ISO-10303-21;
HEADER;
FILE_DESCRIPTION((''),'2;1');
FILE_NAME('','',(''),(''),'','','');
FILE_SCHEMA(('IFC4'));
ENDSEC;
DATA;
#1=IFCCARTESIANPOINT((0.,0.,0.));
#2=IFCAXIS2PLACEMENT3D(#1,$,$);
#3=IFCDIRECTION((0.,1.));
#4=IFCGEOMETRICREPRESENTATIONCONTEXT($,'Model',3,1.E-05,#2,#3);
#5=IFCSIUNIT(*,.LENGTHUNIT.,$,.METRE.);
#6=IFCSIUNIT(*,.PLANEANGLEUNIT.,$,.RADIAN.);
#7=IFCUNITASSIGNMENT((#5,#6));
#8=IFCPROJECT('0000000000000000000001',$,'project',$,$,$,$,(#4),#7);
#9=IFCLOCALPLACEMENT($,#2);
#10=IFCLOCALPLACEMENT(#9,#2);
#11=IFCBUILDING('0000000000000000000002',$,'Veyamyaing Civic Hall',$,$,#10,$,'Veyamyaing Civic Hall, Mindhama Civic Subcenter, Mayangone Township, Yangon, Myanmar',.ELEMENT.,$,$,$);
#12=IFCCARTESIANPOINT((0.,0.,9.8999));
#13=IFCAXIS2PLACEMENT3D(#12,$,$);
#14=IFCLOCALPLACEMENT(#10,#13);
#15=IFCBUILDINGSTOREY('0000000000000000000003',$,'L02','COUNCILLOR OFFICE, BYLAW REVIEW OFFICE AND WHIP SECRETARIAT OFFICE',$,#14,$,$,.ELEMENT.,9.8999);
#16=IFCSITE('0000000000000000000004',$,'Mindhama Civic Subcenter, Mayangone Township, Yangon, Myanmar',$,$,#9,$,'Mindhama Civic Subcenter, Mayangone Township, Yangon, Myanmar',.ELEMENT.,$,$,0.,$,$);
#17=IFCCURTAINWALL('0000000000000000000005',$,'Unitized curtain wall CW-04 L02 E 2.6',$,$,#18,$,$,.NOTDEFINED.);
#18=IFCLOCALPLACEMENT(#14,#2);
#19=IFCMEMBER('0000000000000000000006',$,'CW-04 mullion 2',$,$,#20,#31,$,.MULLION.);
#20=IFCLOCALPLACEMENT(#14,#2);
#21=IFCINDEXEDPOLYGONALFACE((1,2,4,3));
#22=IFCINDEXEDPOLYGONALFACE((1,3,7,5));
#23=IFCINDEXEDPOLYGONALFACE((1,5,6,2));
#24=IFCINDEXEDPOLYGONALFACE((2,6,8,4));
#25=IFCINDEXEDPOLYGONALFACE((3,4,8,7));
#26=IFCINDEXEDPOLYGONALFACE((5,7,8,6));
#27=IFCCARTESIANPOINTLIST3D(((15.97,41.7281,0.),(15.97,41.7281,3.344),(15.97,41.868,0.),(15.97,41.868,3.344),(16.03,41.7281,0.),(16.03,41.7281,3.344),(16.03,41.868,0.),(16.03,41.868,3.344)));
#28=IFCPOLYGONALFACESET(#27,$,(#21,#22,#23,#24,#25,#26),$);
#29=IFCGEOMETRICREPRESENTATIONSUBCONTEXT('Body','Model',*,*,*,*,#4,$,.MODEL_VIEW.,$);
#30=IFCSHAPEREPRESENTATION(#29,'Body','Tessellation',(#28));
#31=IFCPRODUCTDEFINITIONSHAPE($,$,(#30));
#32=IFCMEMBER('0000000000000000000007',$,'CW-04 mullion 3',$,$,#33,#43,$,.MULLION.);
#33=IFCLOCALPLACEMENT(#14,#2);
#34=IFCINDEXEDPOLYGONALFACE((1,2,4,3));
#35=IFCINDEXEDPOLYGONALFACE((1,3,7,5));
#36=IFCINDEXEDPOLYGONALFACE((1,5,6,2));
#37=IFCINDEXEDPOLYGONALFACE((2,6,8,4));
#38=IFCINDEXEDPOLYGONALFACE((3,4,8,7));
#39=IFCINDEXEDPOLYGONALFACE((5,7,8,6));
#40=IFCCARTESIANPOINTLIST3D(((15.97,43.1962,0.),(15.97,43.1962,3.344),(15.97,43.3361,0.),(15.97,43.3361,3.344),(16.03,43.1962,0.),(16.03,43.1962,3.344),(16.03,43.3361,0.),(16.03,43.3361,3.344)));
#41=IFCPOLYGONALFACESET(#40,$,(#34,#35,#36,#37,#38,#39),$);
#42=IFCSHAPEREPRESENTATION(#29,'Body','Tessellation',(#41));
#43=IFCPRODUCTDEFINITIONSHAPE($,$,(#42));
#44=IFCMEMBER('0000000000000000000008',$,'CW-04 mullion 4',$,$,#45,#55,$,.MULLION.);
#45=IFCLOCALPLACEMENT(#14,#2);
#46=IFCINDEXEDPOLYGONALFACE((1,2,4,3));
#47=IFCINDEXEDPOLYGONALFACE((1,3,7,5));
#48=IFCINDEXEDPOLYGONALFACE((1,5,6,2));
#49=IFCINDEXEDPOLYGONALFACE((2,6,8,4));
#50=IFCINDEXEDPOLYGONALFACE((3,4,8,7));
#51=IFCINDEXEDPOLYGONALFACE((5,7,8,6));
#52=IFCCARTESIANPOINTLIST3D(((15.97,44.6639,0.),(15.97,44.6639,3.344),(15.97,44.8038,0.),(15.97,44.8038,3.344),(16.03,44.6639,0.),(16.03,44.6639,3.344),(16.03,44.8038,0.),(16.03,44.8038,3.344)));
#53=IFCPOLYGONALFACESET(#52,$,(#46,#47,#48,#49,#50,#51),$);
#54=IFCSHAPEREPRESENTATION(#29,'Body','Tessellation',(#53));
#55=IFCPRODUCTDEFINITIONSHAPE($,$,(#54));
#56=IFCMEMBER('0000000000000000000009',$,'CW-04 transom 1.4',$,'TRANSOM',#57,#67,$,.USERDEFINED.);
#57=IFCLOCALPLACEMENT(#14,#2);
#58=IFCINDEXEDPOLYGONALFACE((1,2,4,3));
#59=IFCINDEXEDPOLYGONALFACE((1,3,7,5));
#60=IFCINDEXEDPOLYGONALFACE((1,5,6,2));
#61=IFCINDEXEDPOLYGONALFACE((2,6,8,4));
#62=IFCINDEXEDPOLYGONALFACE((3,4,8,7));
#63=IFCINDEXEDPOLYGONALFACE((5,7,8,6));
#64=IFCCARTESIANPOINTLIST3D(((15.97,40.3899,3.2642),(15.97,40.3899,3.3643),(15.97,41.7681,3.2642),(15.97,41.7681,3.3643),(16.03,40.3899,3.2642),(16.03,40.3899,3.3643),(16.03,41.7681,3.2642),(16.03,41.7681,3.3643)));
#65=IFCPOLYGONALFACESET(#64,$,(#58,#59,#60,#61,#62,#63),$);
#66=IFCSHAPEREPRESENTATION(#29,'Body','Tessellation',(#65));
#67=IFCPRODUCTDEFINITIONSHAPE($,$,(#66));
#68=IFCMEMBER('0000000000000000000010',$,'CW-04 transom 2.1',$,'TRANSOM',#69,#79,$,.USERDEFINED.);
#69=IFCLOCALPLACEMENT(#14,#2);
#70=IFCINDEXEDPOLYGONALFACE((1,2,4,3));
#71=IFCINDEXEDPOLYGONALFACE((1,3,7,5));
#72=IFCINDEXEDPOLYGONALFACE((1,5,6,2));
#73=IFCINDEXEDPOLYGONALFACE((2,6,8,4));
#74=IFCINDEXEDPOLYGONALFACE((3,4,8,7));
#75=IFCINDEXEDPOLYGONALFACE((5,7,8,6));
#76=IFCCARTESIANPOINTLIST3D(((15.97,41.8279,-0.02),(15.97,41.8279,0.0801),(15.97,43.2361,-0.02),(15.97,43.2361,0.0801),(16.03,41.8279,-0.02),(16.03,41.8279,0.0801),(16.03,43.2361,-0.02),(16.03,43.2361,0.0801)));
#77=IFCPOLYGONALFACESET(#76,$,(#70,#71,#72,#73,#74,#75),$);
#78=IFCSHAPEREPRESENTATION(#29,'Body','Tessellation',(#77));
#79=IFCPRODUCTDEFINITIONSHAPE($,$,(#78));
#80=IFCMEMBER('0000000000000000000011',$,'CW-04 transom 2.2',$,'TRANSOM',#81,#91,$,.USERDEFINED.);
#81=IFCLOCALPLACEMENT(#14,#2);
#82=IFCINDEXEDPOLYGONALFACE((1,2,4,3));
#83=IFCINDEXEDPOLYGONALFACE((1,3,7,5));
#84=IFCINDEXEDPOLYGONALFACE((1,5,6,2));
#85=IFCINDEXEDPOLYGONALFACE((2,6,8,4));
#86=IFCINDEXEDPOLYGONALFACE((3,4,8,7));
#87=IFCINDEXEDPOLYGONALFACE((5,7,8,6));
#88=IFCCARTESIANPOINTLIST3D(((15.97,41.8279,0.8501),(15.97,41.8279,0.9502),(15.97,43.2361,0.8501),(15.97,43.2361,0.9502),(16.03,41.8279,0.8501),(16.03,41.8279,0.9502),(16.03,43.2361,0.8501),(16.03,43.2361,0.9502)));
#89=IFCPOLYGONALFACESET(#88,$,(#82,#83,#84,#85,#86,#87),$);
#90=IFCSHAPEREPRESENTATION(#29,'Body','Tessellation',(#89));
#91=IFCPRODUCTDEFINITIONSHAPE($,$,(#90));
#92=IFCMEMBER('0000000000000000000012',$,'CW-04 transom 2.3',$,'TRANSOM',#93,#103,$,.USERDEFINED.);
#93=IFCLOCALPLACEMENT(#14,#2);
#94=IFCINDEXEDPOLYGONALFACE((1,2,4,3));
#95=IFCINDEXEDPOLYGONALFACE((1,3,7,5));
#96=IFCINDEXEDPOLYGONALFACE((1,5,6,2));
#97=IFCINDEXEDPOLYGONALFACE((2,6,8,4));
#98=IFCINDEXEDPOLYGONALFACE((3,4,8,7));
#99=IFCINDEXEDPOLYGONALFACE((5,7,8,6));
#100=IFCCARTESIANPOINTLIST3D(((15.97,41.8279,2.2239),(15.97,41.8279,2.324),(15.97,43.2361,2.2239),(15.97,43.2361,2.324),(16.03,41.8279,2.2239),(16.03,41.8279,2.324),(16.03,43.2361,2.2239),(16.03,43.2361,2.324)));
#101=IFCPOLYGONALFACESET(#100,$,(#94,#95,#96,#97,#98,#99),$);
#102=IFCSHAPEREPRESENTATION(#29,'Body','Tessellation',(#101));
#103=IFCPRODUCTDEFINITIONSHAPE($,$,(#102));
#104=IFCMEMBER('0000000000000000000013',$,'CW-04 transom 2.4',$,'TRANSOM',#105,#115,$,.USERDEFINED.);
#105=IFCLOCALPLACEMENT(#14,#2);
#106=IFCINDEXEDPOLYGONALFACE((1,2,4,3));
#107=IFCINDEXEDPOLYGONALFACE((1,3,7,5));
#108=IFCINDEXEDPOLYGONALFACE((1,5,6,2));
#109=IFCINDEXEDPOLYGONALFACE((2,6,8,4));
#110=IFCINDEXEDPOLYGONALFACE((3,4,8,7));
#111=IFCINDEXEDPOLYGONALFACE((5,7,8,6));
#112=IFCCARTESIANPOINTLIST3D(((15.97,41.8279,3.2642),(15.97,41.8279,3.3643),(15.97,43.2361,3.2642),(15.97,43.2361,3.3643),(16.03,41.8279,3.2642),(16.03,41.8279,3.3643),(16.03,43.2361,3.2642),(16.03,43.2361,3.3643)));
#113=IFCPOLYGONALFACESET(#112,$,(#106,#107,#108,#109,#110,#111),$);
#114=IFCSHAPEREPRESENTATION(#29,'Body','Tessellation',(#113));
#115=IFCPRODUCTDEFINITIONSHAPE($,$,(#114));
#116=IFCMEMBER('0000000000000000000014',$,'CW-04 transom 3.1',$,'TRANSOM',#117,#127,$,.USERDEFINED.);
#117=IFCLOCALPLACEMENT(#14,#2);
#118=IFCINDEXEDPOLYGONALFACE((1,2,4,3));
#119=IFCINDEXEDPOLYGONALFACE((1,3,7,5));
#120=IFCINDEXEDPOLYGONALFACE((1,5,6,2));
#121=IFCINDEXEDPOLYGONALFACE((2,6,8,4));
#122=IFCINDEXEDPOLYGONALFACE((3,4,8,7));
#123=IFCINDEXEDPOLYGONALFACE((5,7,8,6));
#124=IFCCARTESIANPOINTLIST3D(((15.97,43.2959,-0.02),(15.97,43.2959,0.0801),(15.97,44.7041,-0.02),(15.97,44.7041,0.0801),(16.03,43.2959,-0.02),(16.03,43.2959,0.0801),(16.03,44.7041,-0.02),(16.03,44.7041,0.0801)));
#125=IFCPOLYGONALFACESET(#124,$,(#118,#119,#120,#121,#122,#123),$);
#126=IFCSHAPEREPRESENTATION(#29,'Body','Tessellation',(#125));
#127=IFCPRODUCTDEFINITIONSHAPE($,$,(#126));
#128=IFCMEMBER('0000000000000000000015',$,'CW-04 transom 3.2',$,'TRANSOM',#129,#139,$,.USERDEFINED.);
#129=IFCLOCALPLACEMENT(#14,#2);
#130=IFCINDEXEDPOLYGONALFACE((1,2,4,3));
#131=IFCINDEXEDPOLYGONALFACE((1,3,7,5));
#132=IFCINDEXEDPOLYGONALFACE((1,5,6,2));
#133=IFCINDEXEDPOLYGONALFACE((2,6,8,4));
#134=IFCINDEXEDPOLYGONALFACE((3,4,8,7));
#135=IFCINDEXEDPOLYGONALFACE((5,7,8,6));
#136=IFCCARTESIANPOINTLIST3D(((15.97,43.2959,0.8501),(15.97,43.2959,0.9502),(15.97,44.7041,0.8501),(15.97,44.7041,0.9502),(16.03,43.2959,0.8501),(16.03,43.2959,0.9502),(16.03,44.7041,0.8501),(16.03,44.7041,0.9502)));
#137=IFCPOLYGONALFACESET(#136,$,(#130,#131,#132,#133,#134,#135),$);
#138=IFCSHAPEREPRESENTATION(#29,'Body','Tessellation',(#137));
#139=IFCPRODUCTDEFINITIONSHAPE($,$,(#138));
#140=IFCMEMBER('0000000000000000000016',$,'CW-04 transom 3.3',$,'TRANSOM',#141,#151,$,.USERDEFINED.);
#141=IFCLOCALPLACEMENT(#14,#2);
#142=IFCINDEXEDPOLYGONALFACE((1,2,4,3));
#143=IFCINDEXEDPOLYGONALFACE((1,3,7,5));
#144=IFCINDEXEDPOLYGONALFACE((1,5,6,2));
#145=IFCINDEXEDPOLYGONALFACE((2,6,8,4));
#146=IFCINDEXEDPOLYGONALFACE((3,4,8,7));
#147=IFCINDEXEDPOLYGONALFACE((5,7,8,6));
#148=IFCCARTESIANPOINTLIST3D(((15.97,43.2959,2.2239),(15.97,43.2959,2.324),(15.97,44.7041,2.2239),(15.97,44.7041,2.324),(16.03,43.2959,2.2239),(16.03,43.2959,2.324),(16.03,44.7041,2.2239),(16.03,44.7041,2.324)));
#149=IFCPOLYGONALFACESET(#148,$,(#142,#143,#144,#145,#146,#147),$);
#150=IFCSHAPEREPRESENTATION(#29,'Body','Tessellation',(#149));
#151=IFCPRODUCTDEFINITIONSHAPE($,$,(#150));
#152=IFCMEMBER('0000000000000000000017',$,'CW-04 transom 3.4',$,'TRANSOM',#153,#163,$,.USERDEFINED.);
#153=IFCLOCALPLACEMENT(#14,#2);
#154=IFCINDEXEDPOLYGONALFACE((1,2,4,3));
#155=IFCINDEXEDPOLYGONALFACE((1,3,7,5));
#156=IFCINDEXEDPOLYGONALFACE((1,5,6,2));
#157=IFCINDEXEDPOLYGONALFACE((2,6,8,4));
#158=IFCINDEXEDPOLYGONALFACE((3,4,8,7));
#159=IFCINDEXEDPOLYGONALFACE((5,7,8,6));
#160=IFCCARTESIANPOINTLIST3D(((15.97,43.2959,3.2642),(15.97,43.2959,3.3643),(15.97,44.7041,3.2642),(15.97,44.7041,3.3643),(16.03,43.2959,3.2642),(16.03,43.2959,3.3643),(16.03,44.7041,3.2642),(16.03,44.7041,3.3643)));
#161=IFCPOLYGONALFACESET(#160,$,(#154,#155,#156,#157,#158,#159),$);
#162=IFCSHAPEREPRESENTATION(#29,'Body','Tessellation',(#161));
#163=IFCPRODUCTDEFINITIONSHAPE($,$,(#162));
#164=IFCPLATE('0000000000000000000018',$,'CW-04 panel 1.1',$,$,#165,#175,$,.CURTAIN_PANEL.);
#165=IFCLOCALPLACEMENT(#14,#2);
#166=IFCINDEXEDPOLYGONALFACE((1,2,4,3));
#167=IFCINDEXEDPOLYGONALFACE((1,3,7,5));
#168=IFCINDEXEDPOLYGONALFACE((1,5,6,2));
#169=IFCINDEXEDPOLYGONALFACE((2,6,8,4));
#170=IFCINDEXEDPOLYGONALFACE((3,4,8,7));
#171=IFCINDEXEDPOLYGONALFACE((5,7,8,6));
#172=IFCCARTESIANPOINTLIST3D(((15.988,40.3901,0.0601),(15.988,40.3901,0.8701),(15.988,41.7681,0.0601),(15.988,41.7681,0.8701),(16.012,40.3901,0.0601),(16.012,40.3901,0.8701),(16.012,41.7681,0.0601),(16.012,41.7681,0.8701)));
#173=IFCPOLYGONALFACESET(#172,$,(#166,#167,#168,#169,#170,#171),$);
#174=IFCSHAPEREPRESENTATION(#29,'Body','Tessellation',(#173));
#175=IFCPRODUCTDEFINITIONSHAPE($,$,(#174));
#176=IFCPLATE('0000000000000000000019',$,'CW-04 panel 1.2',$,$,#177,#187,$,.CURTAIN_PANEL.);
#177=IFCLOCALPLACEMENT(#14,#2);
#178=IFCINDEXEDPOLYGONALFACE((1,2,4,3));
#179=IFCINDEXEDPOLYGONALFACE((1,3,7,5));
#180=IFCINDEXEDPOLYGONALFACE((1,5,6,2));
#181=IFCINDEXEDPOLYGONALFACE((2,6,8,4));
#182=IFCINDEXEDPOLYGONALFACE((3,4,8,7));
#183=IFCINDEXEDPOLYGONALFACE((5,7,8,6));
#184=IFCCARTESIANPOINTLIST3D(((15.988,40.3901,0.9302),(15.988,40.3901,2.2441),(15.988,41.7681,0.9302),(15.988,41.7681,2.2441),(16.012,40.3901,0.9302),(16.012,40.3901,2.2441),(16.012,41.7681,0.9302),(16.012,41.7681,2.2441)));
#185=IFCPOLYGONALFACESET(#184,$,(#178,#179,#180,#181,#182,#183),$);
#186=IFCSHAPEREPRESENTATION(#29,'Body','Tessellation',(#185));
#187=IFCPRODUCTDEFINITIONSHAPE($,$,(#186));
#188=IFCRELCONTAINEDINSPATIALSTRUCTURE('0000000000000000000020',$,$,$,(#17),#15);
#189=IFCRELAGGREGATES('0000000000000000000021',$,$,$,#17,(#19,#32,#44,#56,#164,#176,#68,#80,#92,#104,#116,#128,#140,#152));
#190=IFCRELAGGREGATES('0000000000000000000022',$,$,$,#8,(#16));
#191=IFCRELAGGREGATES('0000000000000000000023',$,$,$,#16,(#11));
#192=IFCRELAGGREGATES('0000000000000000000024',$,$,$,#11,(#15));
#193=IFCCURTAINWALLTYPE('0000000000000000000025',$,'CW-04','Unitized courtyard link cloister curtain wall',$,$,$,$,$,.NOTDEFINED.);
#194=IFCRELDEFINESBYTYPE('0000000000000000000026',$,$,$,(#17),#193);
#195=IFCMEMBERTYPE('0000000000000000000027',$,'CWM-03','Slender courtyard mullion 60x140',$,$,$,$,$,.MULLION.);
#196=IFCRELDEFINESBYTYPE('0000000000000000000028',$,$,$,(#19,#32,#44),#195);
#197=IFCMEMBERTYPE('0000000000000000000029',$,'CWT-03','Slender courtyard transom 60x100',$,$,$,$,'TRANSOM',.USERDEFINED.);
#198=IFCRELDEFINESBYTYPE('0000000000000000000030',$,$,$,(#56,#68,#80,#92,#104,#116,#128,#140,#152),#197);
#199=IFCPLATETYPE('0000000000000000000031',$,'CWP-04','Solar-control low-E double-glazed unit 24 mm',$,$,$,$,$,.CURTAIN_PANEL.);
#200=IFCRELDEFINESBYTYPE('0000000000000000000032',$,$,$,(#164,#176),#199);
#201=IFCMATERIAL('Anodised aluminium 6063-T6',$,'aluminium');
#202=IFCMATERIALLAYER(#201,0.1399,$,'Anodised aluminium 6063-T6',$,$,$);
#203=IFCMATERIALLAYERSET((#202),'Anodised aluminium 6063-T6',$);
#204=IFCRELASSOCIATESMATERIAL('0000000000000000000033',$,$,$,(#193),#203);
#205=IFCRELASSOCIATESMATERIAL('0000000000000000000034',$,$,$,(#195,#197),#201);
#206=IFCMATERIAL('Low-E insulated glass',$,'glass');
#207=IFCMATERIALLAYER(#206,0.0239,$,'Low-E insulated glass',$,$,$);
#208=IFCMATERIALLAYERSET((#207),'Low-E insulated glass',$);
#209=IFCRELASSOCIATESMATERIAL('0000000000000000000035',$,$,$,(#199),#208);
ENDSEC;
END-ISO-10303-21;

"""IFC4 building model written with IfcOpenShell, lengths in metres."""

from ifc_helpers import new_model, si_unit, direction, frame, origin, origin_2d, place, context, subcontext, project, spatial, rectangle, extrude, material, layer, layer_set, material_profile, profile_set, type_object, element, aggregate, save


model = new_model("IFC4")

# Units and contexts
model_context = context("Model", 3, precision=1e-05, world=origin(), true_north=direction((0.0, 1.0)))
body_context = subcontext(model_context, "Body", "Model", "MODEL_VIEW")
ifc_project = project(units=[si_unit("LENGTHUNIT", "METRE"), si_unit("PLANEANGLEUNIT", "RADIAN")], contexts=[model_context])

# Site, building, storey
site_placement = place(None, origin())
site = spatial("IfcSite", under=ifc_project, at=site_placement, Name="Mindhama Civic Subcenter, Mayangone Township, Yangon, Myanmar", LongName="Mindhama Civic Subcenter, Mayangone Township, Yangon, Myanmar", CompositionType="ELEMENT", RefElevation=0.0)
building_placement = place(site_placement, origin())
building = spatial("IfcBuilding", under=site, at=building_placement, Name="Veyamyaing Civic Hall", LongName="Veyamyaing Civic Hall, Mindhama Civic Subcenter, Mayangone Township, Yangon, Myanmar", CompositionType="ELEMENT")
storey_placement = place(building_placement, frame((0.0, 0.0, 9.8999)))
storey = spatial("IfcBuildingStorey", under=building, at=storey_placement, Name="L02", Description="COUNCILLOR OFFICE, BYLAW REVIEW OFFICE AND WHIP SECRETARIAT OFFICE", CompositionType="ELEMENT", Elevation=9.8999)

# Curtain wall, members, plates
ifc_material_1 = material(Name="Anodised aluminium 6063-T6", Category="aluminium")
ifc_layer_1 = layer(ifc_material_1, 0.1399, Name="Anodised aluminium 6063-T6")
ifc_layer_set_1 = layer_set([ifc_layer_1], Name="Anodised aluminium 6063-T6")
curtain_wall_type = type_object("IfcCurtainWallType", Name="CW-04", Description="Unitized courtyard link cloister curtain wall", PredefinedType="NOTDEFINED", material=ifc_layer_set_1)
curtain_wall_placement = place(storey_placement, origin())
curtain_wall = element("IfcCurtainWall", 1, at=curtain_wall_placement, inside=storey, type_object=curtain_wall_type, Name="Unitized curtain wall CW-04 L02 E 2.6", PredefinedType="NOTDEFINED")
ifc_material_profile_1 = material_profile(ifc_material_1, rectangle(XDim=0.0601, YDim=0.1399, at=origin_2d()), Name="ALU-MUL-60X140")
ifc_profile_set_1 = profile_set([ifc_material_profile_1], Name="Anodised aluminium 6063-T6")
member_type_1 = type_object("IfcMemberType", Name="CWM-03", Description="Slender courtyard mullion 60x140", PredefinedType="MULLION", material=ifc_profile_set_1)
member_1_placement = place(storey_placement, frame((16.0, 41.7981, 0.0), z_axis=(0.0, 0.0, 1.0), x_axis=(-1.0, 0.0, 0.0)))
member_1 = element("IfcMember", 2, at=member_1_placement, type_object=member_type_1, Name="CW-04 mullion 2", PredefinedType="MULLION", context=body_context, shape_type="SweptSolid", body=[
    extrude(rectangle(XDim=0.0601, YDim=0.1399, at=origin_2d()), origin(), (0.0, 0.0, 1.0), 3.344),
])
member_2_placement = place(storey_placement, frame((16.0, 43.2661, 0.0), z_axis=(0.0, 0.0, 1.0), x_axis=(-1.0, 0.0, 0.0)))
member_2 = element("IfcMember", 3, at=member_2_placement, type_object=member_type_1, Name="CW-04 mullion 3", PredefinedType="MULLION", context=body_context, shape_type="SweptSolid", body=[
    extrude(rectangle(XDim=0.0601, YDim=0.1399, at=origin_2d()), origin(), (0.0, 0.0, 1.0), 3.344),
])
member_3_placement = place(storey_placement, frame((16.0, 44.7339, 0.0), z_axis=(0.0, 0.0, 1.0), x_axis=(-1.0, 0.0, 0.0)))
member_3 = element("IfcMember", 4, at=member_3_placement, type_object=member_type_1, Name="CW-04 mullion 4", PredefinedType="MULLION", context=body_context, shape_type="SweptSolid", body=[
    extrude(rectangle(XDim=0.0601, YDim=0.1399, at=origin_2d()), origin(), (0.0, 0.0, 1.0), 3.344),
])
ifc_material_profile_2 = material_profile(ifc_material_1, rectangle(XDim=0.0601, YDim=0.1001, at=origin_2d()), Name="ALU-TRN-60X100")
ifc_profile_set_2 = profile_set([ifc_material_profile_2], Name="Anodised aluminium 6063-T6")
member_type_2 = type_object("IfcMemberType", Name="CWT-03", Description="Slender courtyard transom 60x100", ElementType="TRANSOM", PredefinedType="USERDEFINED", material=ifc_profile_set_2)
member_4_placement = place(storey_placement, frame((16.0, 40.3899, 3.3142), z_axis=(0.0, 1.0, 0.0), x_axis=(-1.0, 0.0, 0.0)))
member_4 = element("IfcMember", 5, at=member_4_placement, type_object=member_type_2, Name="CW-04 transom 1.4", ObjectType="TRANSOM", PredefinedType="USERDEFINED", context=body_context, shape_type="SweptSolid", body=[
    extrude(rectangle(XDim=0.0601, YDim=0.1001, at=origin_2d()), origin(), (0.0, 0.0, 1.0), 1.3782),
])
member_5_placement = place(storey_placement, frame((16.0, 41.8279, 0.03), z_axis=(0.0, 1.0, 0.0), x_axis=(-1.0, 0.0, 0.0)))
member_5 = element("IfcMember", 6, at=member_5_placement, type_object=member_type_2, Name="CW-04 transom 2.1", ObjectType="TRANSOM", PredefinedType="USERDEFINED", context=body_context, shape_type="SweptSolid", body=[
    extrude(rectangle(XDim=0.0601, YDim=0.1001, at=origin_2d()), origin(), (0.0, 0.0, 1.0), 1.4082),
])
member_6_placement = place(storey_placement, frame((16.0, 41.8279, 0.9001), z_axis=(0.0, 1.0, 0.0), x_axis=(-1.0, 0.0, 0.0)))
member_6 = element("IfcMember", 7, at=member_6_placement, type_object=member_type_2, Name="CW-04 transom 2.2", ObjectType="TRANSOM", PredefinedType="USERDEFINED", context=body_context, shape_type="SweptSolid", body=[
    extrude(rectangle(XDim=0.0601, YDim=0.1001, at=origin_2d()), origin(), (0.0, 0.0, 1.0), 1.4082),
])
member_7_placement = place(storey_placement, frame((16.0, 41.8279, 2.2739), z_axis=(0.0, 1.0, 0.0), x_axis=(-1.0, 0.0, 0.0)))
member_7 = element("IfcMember", 8, at=member_7_placement, type_object=member_type_2, Name="CW-04 transom 2.3", ObjectType="TRANSOM", PredefinedType="USERDEFINED", context=body_context, shape_type="SweptSolid", body=[
    extrude(rectangle(XDim=0.0601, YDim=0.1001, at=origin_2d()), origin(), (0.0, 0.0, 1.0), 1.4082),
])
member_8_placement = place(storey_placement, frame((16.0, 41.8279, 3.3142), z_axis=(0.0, 1.0, 0.0), x_axis=(-1.0, 0.0, 0.0)))
member_8 = element("IfcMember", 9, at=member_8_placement, type_object=member_type_2, Name="CW-04 transom 2.4", ObjectType="TRANSOM", PredefinedType="USERDEFINED", context=body_context, shape_type="SweptSolid", body=[
    extrude(rectangle(XDim=0.0601, YDim=0.1001, at=origin_2d()), origin(), (0.0, 0.0, 1.0), 1.4082),
])
member_9_placement = place(storey_placement, frame((16.0, 43.2959, 0.03), z_axis=(0.0, 1.0, 0.0), x_axis=(-1.0, 0.0, 0.0)))
member_9 = element("IfcMember", 10, at=member_9_placement, type_object=member_type_2, Name="CW-04 transom 3.1", ObjectType="TRANSOM", PredefinedType="USERDEFINED", context=body_context, shape_type="SweptSolid", body=[
    extrude(rectangle(XDim=0.0601, YDim=0.1001, at=origin_2d()), origin(), (0.0, 0.0, 1.0), 1.4082),
])
member_10_placement = place(storey_placement, frame((16.0, 43.2959, 0.9001), z_axis=(0.0, 1.0, 0.0), x_axis=(-1.0, 0.0, 0.0)))
member_10 = element("IfcMember", 11, at=member_10_placement, type_object=member_type_2, Name="CW-04 transom 3.2", ObjectType="TRANSOM", PredefinedType="USERDEFINED", context=body_context, shape_type="SweptSolid", body=[
    extrude(rectangle(XDim=0.0601, YDim=0.1001, at=origin_2d()), origin(), (0.0, 0.0, 1.0), 1.4082),
])
member_11_placement = place(storey_placement, frame((16.0, 43.2959, 2.2739), z_axis=(0.0, 1.0, 0.0), x_axis=(-1.0, 0.0, 0.0)))
member_11 = element("IfcMember", 12, at=member_11_placement, type_object=member_type_2, Name="CW-04 transom 3.3", ObjectType="TRANSOM", PredefinedType="USERDEFINED", context=body_context, shape_type="SweptSolid", body=[
    extrude(rectangle(XDim=0.0601, YDim=0.1001, at=origin_2d()), origin(), (0.0, 0.0, 1.0), 1.4082),
])
member_12_placement = place(storey_placement, frame((16.0, 43.2959, 3.3142), z_axis=(0.0, 1.0, 0.0), x_axis=(-1.0, 0.0, 0.0)))
member_12 = element("IfcMember", 13, at=member_12_placement, type_object=member_type_2, Name="CW-04 transom 3.4", ObjectType="TRANSOM", PredefinedType="USERDEFINED", context=body_context, shape_type="SweptSolid", body=[
    extrude(rectangle(XDim=0.0601, YDim=0.1001, at=origin_2d()), origin(), (0.0, 0.0, 1.0), 1.4082),
])
ifc_material_2 = material(Name="Low-E insulated glass", Category="glass")
ifc_layer_2 = layer(ifc_material_2, 0.0239, Name="Low-E insulated glass")
ifc_layer_set_2 = layer_set([ifc_layer_2], Name="Low-E insulated glass")
plate_type = type_object("IfcPlateType", Name="CWP-04", Description="Solar-control low-E double-glazed unit 24 mm", PredefinedType="CURTAIN_PANEL", material=ifc_layer_set_2)
plate_1_placement = place(storey_placement, frame((16.0, 41.0791, 0.0601), z_axis=(0.0, 0.0, 1.0), x_axis=(0.0, 1.0, 0.0)))
plate_1 = element("IfcPlate", 14, at=plate_1_placement, type_object=plate_type, Name="CW-04 panel 1.1", PredefinedType="CURTAIN_PANEL", context=body_context, shape_type="SweptSolid", body=[
    extrude(rectangle(XDim=1.3779, YDim=0.0239, at=origin_2d()), origin(), (0.0, 0.0, 1.0), 0.8101),
])
plate_2_placement = place(storey_placement, frame((16.0, 41.0791, 0.9302), z_axis=(0.0, 0.0, 1.0), x_axis=(0.0, 1.0, 0.0)))
plate_2 = element("IfcPlate", 15, at=plate_2_placement, type_object=plate_type, Name="CW-04 panel 1.2", PredefinedType="CURTAIN_PANEL", context=body_context, shape_type="SweptSolid", body=[
    extrude(rectangle(XDim=1.3779, YDim=0.0239, at=origin_2d()), origin(), (0.0, 0.0, 1.0), 1.314),
])
aggregate(curtain_wall, [member_1, member_2, member_3, member_4, plate_1, plate_2, member_5, member_6, member_7, member_8, member_9, member_10, member_11, member_12])

save(model, "model.ifc")
